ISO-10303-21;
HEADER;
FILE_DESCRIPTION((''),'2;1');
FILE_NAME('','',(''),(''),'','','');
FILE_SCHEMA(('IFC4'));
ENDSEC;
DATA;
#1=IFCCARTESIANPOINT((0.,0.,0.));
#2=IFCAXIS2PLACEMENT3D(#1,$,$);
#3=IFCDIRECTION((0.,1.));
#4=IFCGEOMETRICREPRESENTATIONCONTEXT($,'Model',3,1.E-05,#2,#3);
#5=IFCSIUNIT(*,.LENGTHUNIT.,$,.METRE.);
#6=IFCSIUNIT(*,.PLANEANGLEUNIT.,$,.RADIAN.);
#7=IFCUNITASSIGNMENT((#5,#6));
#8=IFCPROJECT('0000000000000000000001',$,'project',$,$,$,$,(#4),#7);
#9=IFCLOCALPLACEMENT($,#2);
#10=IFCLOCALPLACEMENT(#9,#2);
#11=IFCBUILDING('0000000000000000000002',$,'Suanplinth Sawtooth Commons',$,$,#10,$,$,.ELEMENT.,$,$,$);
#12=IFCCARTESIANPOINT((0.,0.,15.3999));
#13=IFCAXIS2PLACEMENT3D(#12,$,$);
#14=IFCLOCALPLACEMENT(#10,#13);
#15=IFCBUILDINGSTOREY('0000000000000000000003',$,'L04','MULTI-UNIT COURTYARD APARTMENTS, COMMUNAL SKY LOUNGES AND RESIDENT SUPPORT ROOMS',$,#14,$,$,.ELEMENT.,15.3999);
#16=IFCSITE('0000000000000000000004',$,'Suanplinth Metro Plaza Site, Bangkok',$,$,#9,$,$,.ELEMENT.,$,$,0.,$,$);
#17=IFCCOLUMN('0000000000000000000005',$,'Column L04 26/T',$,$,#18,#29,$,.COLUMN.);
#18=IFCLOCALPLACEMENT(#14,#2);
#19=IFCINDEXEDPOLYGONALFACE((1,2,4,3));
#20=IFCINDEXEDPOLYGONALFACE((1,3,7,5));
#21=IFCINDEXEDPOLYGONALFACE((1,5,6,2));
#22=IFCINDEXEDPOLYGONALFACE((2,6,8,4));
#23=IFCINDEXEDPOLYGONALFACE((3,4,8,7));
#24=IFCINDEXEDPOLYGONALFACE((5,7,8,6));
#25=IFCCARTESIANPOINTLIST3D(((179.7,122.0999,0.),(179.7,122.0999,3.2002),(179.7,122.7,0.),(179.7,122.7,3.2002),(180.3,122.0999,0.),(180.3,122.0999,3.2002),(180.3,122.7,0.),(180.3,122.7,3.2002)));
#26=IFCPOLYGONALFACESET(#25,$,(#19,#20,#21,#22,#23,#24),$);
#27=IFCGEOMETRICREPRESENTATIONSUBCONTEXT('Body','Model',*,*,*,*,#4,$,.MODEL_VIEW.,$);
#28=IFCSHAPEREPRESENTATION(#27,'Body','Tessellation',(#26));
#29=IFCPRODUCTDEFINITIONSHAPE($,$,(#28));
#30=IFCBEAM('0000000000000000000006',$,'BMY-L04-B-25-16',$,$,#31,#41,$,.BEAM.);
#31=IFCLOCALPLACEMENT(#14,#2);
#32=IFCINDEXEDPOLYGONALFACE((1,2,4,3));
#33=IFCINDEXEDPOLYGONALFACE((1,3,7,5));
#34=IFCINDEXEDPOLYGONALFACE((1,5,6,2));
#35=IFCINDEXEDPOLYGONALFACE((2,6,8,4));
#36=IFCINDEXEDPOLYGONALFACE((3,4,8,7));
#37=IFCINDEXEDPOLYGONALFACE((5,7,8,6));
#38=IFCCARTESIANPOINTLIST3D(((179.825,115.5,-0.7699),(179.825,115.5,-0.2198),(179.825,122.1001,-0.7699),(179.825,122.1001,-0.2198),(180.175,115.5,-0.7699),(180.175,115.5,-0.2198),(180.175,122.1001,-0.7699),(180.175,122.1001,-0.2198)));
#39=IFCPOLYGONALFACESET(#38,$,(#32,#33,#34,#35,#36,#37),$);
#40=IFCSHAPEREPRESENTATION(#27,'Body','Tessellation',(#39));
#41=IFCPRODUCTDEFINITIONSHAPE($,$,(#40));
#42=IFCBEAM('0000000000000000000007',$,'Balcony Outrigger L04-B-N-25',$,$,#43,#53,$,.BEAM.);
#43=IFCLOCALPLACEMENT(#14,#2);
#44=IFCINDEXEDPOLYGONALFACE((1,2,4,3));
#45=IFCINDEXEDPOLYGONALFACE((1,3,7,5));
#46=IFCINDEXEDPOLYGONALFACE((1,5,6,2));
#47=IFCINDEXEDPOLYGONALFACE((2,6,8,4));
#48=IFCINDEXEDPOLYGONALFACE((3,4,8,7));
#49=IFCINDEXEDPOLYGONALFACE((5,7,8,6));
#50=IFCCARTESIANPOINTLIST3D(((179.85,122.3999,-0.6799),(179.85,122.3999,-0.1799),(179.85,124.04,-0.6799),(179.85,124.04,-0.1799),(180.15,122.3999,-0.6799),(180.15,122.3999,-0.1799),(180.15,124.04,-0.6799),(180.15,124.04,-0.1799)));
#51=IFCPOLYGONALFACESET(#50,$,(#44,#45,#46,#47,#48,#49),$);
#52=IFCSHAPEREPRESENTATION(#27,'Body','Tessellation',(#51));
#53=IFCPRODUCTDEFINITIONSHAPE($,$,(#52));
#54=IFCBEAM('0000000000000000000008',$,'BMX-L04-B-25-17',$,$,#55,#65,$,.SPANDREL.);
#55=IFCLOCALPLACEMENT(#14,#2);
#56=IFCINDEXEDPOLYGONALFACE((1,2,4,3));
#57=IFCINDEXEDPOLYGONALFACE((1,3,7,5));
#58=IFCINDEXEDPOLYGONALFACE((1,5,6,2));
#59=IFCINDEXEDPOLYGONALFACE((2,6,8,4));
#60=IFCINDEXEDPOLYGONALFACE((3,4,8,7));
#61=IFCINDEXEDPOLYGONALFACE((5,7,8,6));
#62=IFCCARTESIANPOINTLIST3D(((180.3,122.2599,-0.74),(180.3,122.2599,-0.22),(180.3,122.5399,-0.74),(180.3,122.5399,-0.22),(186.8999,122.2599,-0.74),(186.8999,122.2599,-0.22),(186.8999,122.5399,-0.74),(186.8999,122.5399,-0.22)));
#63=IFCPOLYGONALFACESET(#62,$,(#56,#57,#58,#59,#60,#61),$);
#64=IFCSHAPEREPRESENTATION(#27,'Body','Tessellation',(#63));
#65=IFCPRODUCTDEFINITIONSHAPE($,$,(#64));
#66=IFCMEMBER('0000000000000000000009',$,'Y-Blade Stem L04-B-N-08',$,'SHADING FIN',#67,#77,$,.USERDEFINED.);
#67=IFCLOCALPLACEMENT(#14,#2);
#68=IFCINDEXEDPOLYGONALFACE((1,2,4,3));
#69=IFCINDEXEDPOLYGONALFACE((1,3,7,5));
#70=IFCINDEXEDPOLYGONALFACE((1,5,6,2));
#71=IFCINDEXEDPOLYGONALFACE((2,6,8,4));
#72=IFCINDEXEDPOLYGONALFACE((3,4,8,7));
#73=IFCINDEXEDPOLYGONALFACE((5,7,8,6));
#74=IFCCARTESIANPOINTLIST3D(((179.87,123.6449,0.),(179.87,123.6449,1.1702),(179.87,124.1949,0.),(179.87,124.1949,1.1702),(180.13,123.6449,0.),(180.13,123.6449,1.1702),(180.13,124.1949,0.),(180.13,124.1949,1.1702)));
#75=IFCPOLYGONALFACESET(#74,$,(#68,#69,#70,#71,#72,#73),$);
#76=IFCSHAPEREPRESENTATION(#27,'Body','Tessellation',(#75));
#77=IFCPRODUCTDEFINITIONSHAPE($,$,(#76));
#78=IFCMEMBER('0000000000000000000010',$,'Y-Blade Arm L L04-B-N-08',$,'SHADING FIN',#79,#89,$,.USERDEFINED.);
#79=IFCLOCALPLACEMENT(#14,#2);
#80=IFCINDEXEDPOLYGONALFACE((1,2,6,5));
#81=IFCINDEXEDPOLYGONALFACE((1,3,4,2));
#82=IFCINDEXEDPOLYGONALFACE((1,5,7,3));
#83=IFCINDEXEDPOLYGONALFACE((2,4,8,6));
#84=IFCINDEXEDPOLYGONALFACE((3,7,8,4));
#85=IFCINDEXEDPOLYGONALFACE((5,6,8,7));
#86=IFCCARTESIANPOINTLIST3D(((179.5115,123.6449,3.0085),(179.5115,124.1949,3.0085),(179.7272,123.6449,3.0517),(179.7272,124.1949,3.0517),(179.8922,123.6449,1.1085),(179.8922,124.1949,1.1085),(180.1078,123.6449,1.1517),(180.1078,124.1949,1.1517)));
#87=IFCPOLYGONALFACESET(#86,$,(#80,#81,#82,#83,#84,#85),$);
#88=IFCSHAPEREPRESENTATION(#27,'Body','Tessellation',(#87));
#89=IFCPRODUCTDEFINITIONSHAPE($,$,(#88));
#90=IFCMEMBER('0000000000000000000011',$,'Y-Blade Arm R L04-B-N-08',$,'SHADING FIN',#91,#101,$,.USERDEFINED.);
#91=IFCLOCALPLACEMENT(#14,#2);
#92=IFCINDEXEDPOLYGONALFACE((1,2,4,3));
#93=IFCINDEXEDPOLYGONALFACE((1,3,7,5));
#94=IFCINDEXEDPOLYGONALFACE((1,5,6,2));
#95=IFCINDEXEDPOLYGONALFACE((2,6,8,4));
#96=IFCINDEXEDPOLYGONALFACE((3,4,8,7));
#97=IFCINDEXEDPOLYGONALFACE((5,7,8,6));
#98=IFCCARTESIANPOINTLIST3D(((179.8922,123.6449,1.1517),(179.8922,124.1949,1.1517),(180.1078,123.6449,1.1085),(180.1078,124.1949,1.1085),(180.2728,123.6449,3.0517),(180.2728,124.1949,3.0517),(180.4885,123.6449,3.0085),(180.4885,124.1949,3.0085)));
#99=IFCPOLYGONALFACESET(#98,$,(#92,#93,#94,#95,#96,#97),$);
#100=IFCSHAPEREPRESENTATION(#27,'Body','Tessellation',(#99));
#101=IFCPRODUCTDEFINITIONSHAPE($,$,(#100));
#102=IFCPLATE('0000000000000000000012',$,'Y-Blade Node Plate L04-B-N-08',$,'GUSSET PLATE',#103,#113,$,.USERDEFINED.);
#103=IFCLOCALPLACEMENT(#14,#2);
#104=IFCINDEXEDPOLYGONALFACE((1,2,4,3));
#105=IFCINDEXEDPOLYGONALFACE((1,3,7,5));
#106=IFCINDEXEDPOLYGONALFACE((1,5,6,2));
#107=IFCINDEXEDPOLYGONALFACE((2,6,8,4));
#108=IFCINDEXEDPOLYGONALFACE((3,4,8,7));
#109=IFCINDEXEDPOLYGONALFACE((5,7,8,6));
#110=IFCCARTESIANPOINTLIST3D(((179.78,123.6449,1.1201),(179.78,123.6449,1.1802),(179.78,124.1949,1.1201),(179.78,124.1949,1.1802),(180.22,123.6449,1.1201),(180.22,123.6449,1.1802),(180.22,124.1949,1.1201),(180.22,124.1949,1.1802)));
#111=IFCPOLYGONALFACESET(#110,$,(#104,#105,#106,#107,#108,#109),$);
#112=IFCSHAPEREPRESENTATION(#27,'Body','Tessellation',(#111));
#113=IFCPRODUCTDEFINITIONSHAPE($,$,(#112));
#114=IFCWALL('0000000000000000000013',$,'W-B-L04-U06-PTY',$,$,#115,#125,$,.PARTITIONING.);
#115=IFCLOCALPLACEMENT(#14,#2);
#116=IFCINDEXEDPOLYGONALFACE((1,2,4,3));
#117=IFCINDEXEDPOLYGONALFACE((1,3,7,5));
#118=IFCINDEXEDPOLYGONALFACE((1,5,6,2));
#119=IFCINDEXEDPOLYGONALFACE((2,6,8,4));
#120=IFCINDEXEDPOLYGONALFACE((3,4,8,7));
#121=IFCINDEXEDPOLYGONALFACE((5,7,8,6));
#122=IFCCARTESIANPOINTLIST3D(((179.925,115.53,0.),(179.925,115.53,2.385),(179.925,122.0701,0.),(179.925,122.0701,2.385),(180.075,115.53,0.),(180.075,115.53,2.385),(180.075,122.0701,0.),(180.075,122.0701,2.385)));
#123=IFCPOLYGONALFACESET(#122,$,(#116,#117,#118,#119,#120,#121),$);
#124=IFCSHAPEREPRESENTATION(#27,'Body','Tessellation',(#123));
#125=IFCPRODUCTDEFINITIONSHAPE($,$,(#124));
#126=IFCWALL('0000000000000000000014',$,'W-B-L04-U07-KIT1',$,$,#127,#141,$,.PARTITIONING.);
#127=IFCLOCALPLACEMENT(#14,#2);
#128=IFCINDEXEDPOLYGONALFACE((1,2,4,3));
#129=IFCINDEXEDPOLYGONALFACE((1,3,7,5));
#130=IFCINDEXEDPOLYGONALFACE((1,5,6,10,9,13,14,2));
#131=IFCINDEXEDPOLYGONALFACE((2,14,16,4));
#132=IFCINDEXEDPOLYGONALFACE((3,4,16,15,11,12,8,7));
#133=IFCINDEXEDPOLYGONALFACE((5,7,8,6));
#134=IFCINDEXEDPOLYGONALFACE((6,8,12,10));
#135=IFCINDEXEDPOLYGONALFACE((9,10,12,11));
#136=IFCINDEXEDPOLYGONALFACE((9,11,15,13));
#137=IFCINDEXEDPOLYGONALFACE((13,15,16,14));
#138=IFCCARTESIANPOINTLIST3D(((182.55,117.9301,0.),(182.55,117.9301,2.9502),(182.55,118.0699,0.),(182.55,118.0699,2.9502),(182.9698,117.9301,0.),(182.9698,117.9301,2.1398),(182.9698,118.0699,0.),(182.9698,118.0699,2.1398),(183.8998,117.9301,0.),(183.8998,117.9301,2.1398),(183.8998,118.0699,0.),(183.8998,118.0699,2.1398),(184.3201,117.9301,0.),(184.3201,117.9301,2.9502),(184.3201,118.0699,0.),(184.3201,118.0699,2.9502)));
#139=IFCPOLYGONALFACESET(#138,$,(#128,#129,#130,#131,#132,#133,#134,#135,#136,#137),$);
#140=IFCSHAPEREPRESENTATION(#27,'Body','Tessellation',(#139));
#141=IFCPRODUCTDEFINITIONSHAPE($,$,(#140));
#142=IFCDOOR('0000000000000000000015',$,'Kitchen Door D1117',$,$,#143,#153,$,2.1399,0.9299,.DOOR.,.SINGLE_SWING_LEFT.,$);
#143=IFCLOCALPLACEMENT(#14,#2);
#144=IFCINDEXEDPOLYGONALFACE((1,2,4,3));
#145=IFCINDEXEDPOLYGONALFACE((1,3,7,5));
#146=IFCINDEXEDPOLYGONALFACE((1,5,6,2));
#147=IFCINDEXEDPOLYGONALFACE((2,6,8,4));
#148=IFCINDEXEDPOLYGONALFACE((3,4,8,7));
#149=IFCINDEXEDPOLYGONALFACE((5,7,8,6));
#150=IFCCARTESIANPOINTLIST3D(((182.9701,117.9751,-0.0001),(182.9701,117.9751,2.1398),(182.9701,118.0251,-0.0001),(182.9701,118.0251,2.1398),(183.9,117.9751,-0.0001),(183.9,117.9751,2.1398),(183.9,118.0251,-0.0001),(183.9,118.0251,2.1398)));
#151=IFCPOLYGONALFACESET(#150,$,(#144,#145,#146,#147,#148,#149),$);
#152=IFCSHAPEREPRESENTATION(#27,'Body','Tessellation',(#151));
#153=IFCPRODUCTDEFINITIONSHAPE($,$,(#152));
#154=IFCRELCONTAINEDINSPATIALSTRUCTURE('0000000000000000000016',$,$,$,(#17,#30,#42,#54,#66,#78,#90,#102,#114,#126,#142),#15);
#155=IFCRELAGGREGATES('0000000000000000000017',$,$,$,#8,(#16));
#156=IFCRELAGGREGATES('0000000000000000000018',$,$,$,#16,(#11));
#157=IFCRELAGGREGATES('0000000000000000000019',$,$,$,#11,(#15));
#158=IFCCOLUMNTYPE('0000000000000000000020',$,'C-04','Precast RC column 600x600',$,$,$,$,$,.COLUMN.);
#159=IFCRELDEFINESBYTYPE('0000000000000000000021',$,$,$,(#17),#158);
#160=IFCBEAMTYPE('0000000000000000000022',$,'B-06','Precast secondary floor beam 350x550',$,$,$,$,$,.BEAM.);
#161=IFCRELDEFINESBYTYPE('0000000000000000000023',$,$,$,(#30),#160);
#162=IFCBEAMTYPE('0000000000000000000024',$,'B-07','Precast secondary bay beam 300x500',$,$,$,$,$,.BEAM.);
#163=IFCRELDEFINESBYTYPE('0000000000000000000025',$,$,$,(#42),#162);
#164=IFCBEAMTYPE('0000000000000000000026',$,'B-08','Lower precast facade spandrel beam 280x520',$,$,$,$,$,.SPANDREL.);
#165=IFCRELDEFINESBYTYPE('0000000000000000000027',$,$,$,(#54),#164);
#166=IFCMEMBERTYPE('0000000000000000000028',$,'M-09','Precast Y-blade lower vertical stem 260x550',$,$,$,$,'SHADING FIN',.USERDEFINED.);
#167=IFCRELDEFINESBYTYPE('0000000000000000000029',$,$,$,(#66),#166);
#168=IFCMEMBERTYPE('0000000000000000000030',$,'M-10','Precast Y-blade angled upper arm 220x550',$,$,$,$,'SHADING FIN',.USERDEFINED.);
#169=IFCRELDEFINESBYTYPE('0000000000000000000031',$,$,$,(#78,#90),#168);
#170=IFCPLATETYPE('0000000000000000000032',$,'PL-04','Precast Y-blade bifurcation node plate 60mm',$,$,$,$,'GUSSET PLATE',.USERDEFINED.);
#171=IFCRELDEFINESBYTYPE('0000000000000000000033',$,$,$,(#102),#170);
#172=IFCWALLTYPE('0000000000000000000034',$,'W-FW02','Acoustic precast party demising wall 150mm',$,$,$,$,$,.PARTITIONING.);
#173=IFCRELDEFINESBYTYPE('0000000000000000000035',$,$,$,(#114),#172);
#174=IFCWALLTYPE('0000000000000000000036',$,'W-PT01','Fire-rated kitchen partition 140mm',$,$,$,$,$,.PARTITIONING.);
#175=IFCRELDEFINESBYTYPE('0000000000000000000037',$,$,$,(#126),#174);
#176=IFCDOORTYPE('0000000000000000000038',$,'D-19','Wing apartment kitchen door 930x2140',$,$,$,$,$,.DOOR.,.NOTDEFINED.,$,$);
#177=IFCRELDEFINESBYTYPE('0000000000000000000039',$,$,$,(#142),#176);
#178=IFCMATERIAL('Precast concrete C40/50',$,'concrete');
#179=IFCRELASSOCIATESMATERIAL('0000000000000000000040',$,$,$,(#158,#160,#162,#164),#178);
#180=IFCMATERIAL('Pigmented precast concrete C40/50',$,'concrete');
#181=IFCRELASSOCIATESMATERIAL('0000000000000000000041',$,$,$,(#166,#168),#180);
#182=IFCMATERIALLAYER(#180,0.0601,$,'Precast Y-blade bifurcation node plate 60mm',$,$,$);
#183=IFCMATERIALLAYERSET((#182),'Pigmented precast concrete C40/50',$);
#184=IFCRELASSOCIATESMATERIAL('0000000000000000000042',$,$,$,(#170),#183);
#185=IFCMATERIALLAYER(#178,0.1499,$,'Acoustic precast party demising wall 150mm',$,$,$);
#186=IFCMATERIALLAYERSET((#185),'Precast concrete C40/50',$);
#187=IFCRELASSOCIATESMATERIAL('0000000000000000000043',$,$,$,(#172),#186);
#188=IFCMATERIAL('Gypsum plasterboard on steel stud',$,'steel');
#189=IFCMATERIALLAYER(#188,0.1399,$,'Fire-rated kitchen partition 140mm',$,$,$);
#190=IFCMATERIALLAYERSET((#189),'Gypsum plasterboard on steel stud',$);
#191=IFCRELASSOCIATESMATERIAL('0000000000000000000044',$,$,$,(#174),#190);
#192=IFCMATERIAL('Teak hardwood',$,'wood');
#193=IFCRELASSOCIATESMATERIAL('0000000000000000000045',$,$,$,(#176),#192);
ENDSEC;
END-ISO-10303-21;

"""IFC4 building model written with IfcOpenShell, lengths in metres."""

from ifc_helpers import new_model, si_unit, direction, frame, frame_2d, origin, origin_2d, place, context, subcontext, project, spatial, rectangle, extrude, material, layer, layer_set, material_profile, profile_set, type_object, element, fill, save


model = new_model("IFC4")

# Units and contexts
model_context = context("Model", 3, precision=1e-05, world=origin(), true_north=direction((0.0, 1.0)))
body_context = subcontext(model_context, "Body", "Model", "MODEL_VIEW")
ifc_project = project(units=[si_unit("LENGTHUNIT", "METRE"), si_unit("PLANEANGLEUNIT", "RADIAN")], contexts=[model_context])

# Site, building, storey
site_placement = place(None, origin())
site = spatial("IfcSite", under=ifc_project, at=site_placement, Name="Suanplinth Metro Plaza Site, Bangkok", CompositionType="ELEMENT", RefElevation=0.0)
building_placement = place(site_placement, origin())
building = spatial("IfcBuilding", under=site, at=building_placement, Name="Suanplinth Sawtooth Commons", CompositionType="ELEMENT")
storey_placement = place(building_placement, frame((0.0, 0.0, 15.3999)))
storey = spatial("IfcBuildingStorey", under=building, at=storey_placement, Name="L04", Description="MULTI-UNIT COURTYARD APARTMENTS, COMMUNAL SKY LOUNGES AND RESIDENT SUPPORT ROOMS", CompositionType="ELEMENT", Elevation=15.3999)

# Column
ifc_material_1 = material(Name="Precast concrete C40/50", Category="concrete")
ifc_material_profile_1 = material_profile(ifc_material_1, rectangle(XDim=0.6001, YDim=0.6001, at=origin_2d()), Name="PC-COL 600x600")
ifc_profile_set_1 = profile_set([ifc_material_profile_1], Name="Precast concrete C40/50")
column_type = type_object("IfcColumnType", Name="C-04", Description="Precast RC column 600x600", PredefinedType="COLUMN", material=ifc_profile_set_1)
column_placement = place(storey_placement, frame((180.0, 122.3999, 0.0), z_axis=(0.0, 0.0, 1.0), x_axis=(1.0, 0.0, 0.0)))
element("IfcColumn", 1, at=column_placement, inside=storey, type_object=column_type, Name="Column L04 26/T", PredefinedType="COLUMN", context=body_context, shape_type="SweptSolid", body=[
    extrude(rectangle(XDim=0.6001, YDim=0.6001, at=origin_2d()), origin(), (0.0, 0.0, 1.0), 3.2002),
])

# Beams
ifc_material_profile_2 = material_profile(ifc_material_1, rectangle(XDim=0.3501, YDim=0.55, at=origin_2d()), Name="PC-BM 350x550")
ifc_profile_set_2 = profile_set([ifc_material_profile_2], Name="Precast concrete C40/50")
beam_type_1 = type_object("IfcBeamType", Name="B-06", Description="Precast secondary floor beam 350x550", PredefinedType="BEAM", material=ifc_profile_set_2)
beam_1_placement = place(storey_placement, frame((180.0, 115.5, -0.4949), z_axis=(0.0, 1.0, 0.0), x_axis=(-1.0, 0.0, 0.0)))
element("IfcBeam", 2, at=beam_1_placement, inside=storey, type_object=beam_type_1, Name="BMY-L04-B-25-16", PredefinedType="BEAM", context=body_context, shape_type="SweptSolid", body=[
    extrude(rectangle(XDim=0.3501, YDim=0.55, at=origin_2d()), origin(), (0.0, 0.0, 1.0), 6.6001),
])
ifc_material_profile_3 = material_profile(ifc_material_1, rectangle(XDim=0.3, YDim=0.5, at=origin_2d()), Name="PC-BM 300x500")
ifc_profile_set_3 = profile_set([ifc_material_profile_3], Name="Precast concrete C40/50")
beam_type_2 = type_object("IfcBeamType", Name="B-07", Description="Precast secondary bay beam 300x500", PredefinedType="BEAM", material=ifc_profile_set_3)
beam_2_placement = place(storey_placement, frame((180.0, 122.3999, -0.4299), z_axis=(0.0, 1.0, 0.0), x_axis=(-1.0, 0.0, 0.0)))
element("IfcBeam", 3, at=beam_2_placement, inside=storey, type_object=beam_type_2, Name="Balcony Outrigger L04-B-N-25", PredefinedType="BEAM", context=body_context, shape_type="SweptSolid", body=[
    extrude(rectangle(XDim=0.3, YDim=0.5, at=origin_2d()), origin(), (0.0, 0.0, 1.0), 1.6401),
])
ifc_material_profile_4 = material_profile(ifc_material_1, rectangle(XDim=0.28, YDim=0.52, at=origin_2d()), Name="PC-SP 280x520")
ifc_profile_set_4 = profile_set([ifc_material_profile_4], Name="Precast concrete C40/50")
beam_type_3 = type_object("IfcBeamType", Name="B-08", Description="Lower precast facade spandrel beam 280x520", PredefinedType="SPANDREL", material=ifc_profile_set_4)
beam_3_placement = place(storey_placement, frame((180.3, 122.3999, -0.48), z_axis=(1.0, 0.0, 0.0), x_axis=(0.0, 1.0, 0.0)))
element("IfcBeam", 4, at=beam_3_placement, inside=storey, type_object=beam_type_3, Name="BMX-L04-B-25-17", PredefinedType="SPANDREL", context=body_context, shape_type="SweptSolid", body=[
    extrude(rectangle(XDim=0.28, YDim=0.52, at=origin_2d()), origin(), (0.0, 0.0, 1.0), 6.5999),
])

# Members
ifc_material_2 = material(Name="Pigmented precast concrete C40/50", Category="concrete")
ifc_material_profile_5 = material_profile(ifc_material_2, rectangle(XDim=0.26, YDim=0.55, at=origin_2d()), Name="PC-FIN 260x550")
ifc_profile_set_5 = profile_set([ifc_material_profile_5], Name="Pigmented precast concrete C40/50")
member_type_1 = type_object("IfcMemberType", Name="M-09", Description="Precast Y-blade lower vertical stem 260x550", ElementType="SHADING FIN", PredefinedType="USERDEFINED", material=ifc_profile_set_5)
member_placement = place(storey_placement, frame((180.0, 123.9199, 0.0), z_axis=(0.0, 0.0, 1.0), x_axis=(1.0, 0.0, 0.0)))
element("IfcMember", 5, at=member_placement, inside=storey, type_object=member_type_1, Name="Y-Blade Stem L04-B-N-08", ObjectType="SHADING FIN", PredefinedType="USERDEFINED", context=body_context, shape_type="SweptSolid", body=[
    extrude(rectangle(XDim=0.26, YDim=0.55, at=origin_2d()), origin(), (0.0, 0.0, 1.0), 1.1702),
])
ifc_material_profile_6 = material_profile(ifc_material_2, rectangle(XDim=0.22, YDim=0.55, at=origin_2d()), Name="PC-FIN 220x550")
ifc_profile_set_6 = profile_set([ifc_material_profile_6], Name="Pigmented precast concrete C40/50")
member_type_2 = type_object("IfcMemberType", Name="M-10", Description="Precast Y-blade angled upper arm 220x550", ElementType="SHADING FIN", PredefinedType="USERDEFINED", material=ifc_profile_set_6)
for number, where, z_axis, x_axis, name in (
    (6, (180.0, 123.9199, 1.1301), (-0.196431, 0.0, 0.980518), (0.980518, 0.0, 0.196431), "Y-Blade Arm L L04-B-N-08"),
    (7, (180.0, 123.9199, 1.1301), (0.196431, 0.0, 0.980518), (-0.980518, 0.0, 0.196431), "Y-Blade Arm R L04-B-N-08"),
):
    element("IfcMember", number, at=place(storey_placement, frame(where, z_axis=z_axis, x_axis=x_axis)), inside=storey, type_object=member_type_2, Name=name, ObjectType="SHADING FIN", PredefinedType="USERDEFINED", context=body_context, shape_type="SweptSolid", body=[
        extrude(rectangle(XDim=0.22, YDim=0.55, at=origin_2d()), origin(), (0.0, 0.0, 1.0), 1.9377),
    ])

# Plate
ifc_layer_1 = layer(ifc_material_2, 0.0601, Name="Precast Y-blade bifurcation node plate 60mm")
ifc_layer_set_1 = layer_set([ifc_layer_1], Name="Pigmented precast concrete C40/50")
plate_type = type_object("IfcPlateType", Name="PL-04", Description="Precast Y-blade bifurcation node plate 60mm", ElementType="GUSSET PLATE", PredefinedType="USERDEFINED", material=ifc_layer_set_1)
plate_placement = place(storey_placement, frame((180.0, 123.9199, 1.1201), z_axis=(0.0, 0.0, 1.0), x_axis=(1.0, 0.0, 0.0)))
element("IfcPlate", 8, at=plate_placement, inside=storey, type_object=plate_type, Name="Y-Blade Node Plate L04-B-N-08", ObjectType="GUSSET PLATE", PredefinedType="USERDEFINED", context=body_context, shape_type="SweptSolid", body=[
    extrude(rectangle(XDim=0.4399, YDim=0.55, at=origin_2d()), origin(), (0.0, 0.0, 1.0), 0.0601),
])

# Wall
ifc_layer_2 = layer(ifc_material_1, 0.1499, Name="Acoustic precast party demising wall 150mm")
ifc_layer_set_2 = layer_set([ifc_layer_2], Name="Precast concrete C40/50")
wall_type_1 = type_object("IfcWallType", Name="W-FW02", Description="Acoustic precast party demising wall 150mm", PredefinedType="PARTITIONING", material=ifc_layer_set_2)
wall_1_placement = place(storey_placement, frame((180.0, 115.53, 0.0), z_axis=(0.0, 0.0, 1.0), x_axis=(0.0, 1.0, 0.0)))
element("IfcWall", 9, at=wall_1_placement, inside=storey, type_object=wall_type_1, Name="W-B-L04-U06-PTY", PredefinedType="PARTITIONING", context=body_context, shape_type="SweptSolid", body=[
    extrude(rectangle(XDim=6.54, YDim=0.1499, at=frame_2d((3.27, 0.0))), origin(), (0.0, 0.0, 1.0), 2.385),
])

# Wall, opening, door
ifc_material_3 = material(Name="Gypsum plasterboard on steel stud", Category="steel")
ifc_layer_3 = layer(ifc_material_3, 0.1399, Name="Fire-rated kitchen partition 140mm")
ifc_layer_set_3 = layer_set([ifc_layer_3], Name="Gypsum plasterboard on steel stud")
wall_type_2 = type_object("IfcWallType", Name="W-PT01", Description="Fire-rated kitchen partition 140mm", PredefinedType="PARTITIONING", material=ifc_layer_set_3)
wall_2_placement = place(storey_placement, frame((182.55, 118.0, 0.0), z_axis=(0.0, 0.0, 1.0), x_axis=(1.0, 0.0, 0.0)))
wall_2 = element("IfcWall", 10, at=wall_2_placement, inside=storey, type_object=wall_type_2, Name="W-B-L04-U07-KIT1", PredefinedType="PARTITIONING", context=body_context, shape_type="SweptSolid", body=[
    extrude(rectangle(XDim=1.77, YDim=0.1399, at=frame_2d((0.885, 0.0))), origin(), (0.0, 0.0, 1.0), 2.9502),
])
opening_1_placement = place(wall_2_placement, frame((0.4199, 0.0, 0.0)))
opening_1 = element("IfcOpeningElement", 11, at=opening_1_placement, cuts=wall_2, PredefinedType="OPENING", context=body_context, shape_type="SweptSolid", body=[
    extrude(rectangle(XDim=0.9299, YDim=2.1399, at=frame_2d((0.4648, 1.0698))), frame((0.0, 0.085, 0.0), z_axis=(0.0, -1.0, 0.0), x_axis=(1.0, 0.0, 0.0)), (0.0, 0.0, 1.0), 0.1697),
])
ifc_material_4 = material(Name="Teak hardwood", Category="wood")
door_type_1 = type_object("IfcDoorType", Name="D-19", Description="Wing apartment kitchen door 930x2140", OperationType="NOTDEFINED", PredefinedType="DOOR", material=ifc_material_4)
door_1_placement = place(opening_1_placement, frame((0.9299, 0.0, 0.0), z_axis=(0.0, 0.0, 1.0), x_axis=(-1.0, 0.0, 0.0)))
door_1 = element("IfcDoor", 12, at=door_1_placement, inside=storey, type_object=door_type_1, Name="Kitchen Door D1117", OperationType="SINGLE_SWING_LEFT", OverallHeight=2.1399, OverallWidth=0.9299, PredefinedType="DOOR", context=body_context, shape_type="SweptSolid", body=[
    extrude(rectangle(XDim=0.9299, YDim=2.1399, at=frame_2d((0.4648, 1.0698))), frame((0.0, 0.0249, 0.0), z_axis=(0.0, -1.0, 0.0), x_axis=(1.0, 0.0, 0.0)), (0.0, 0.0, 1.0), 0.05),
])
fill(opening_1, door_1)

save(model, "model.ifc")
